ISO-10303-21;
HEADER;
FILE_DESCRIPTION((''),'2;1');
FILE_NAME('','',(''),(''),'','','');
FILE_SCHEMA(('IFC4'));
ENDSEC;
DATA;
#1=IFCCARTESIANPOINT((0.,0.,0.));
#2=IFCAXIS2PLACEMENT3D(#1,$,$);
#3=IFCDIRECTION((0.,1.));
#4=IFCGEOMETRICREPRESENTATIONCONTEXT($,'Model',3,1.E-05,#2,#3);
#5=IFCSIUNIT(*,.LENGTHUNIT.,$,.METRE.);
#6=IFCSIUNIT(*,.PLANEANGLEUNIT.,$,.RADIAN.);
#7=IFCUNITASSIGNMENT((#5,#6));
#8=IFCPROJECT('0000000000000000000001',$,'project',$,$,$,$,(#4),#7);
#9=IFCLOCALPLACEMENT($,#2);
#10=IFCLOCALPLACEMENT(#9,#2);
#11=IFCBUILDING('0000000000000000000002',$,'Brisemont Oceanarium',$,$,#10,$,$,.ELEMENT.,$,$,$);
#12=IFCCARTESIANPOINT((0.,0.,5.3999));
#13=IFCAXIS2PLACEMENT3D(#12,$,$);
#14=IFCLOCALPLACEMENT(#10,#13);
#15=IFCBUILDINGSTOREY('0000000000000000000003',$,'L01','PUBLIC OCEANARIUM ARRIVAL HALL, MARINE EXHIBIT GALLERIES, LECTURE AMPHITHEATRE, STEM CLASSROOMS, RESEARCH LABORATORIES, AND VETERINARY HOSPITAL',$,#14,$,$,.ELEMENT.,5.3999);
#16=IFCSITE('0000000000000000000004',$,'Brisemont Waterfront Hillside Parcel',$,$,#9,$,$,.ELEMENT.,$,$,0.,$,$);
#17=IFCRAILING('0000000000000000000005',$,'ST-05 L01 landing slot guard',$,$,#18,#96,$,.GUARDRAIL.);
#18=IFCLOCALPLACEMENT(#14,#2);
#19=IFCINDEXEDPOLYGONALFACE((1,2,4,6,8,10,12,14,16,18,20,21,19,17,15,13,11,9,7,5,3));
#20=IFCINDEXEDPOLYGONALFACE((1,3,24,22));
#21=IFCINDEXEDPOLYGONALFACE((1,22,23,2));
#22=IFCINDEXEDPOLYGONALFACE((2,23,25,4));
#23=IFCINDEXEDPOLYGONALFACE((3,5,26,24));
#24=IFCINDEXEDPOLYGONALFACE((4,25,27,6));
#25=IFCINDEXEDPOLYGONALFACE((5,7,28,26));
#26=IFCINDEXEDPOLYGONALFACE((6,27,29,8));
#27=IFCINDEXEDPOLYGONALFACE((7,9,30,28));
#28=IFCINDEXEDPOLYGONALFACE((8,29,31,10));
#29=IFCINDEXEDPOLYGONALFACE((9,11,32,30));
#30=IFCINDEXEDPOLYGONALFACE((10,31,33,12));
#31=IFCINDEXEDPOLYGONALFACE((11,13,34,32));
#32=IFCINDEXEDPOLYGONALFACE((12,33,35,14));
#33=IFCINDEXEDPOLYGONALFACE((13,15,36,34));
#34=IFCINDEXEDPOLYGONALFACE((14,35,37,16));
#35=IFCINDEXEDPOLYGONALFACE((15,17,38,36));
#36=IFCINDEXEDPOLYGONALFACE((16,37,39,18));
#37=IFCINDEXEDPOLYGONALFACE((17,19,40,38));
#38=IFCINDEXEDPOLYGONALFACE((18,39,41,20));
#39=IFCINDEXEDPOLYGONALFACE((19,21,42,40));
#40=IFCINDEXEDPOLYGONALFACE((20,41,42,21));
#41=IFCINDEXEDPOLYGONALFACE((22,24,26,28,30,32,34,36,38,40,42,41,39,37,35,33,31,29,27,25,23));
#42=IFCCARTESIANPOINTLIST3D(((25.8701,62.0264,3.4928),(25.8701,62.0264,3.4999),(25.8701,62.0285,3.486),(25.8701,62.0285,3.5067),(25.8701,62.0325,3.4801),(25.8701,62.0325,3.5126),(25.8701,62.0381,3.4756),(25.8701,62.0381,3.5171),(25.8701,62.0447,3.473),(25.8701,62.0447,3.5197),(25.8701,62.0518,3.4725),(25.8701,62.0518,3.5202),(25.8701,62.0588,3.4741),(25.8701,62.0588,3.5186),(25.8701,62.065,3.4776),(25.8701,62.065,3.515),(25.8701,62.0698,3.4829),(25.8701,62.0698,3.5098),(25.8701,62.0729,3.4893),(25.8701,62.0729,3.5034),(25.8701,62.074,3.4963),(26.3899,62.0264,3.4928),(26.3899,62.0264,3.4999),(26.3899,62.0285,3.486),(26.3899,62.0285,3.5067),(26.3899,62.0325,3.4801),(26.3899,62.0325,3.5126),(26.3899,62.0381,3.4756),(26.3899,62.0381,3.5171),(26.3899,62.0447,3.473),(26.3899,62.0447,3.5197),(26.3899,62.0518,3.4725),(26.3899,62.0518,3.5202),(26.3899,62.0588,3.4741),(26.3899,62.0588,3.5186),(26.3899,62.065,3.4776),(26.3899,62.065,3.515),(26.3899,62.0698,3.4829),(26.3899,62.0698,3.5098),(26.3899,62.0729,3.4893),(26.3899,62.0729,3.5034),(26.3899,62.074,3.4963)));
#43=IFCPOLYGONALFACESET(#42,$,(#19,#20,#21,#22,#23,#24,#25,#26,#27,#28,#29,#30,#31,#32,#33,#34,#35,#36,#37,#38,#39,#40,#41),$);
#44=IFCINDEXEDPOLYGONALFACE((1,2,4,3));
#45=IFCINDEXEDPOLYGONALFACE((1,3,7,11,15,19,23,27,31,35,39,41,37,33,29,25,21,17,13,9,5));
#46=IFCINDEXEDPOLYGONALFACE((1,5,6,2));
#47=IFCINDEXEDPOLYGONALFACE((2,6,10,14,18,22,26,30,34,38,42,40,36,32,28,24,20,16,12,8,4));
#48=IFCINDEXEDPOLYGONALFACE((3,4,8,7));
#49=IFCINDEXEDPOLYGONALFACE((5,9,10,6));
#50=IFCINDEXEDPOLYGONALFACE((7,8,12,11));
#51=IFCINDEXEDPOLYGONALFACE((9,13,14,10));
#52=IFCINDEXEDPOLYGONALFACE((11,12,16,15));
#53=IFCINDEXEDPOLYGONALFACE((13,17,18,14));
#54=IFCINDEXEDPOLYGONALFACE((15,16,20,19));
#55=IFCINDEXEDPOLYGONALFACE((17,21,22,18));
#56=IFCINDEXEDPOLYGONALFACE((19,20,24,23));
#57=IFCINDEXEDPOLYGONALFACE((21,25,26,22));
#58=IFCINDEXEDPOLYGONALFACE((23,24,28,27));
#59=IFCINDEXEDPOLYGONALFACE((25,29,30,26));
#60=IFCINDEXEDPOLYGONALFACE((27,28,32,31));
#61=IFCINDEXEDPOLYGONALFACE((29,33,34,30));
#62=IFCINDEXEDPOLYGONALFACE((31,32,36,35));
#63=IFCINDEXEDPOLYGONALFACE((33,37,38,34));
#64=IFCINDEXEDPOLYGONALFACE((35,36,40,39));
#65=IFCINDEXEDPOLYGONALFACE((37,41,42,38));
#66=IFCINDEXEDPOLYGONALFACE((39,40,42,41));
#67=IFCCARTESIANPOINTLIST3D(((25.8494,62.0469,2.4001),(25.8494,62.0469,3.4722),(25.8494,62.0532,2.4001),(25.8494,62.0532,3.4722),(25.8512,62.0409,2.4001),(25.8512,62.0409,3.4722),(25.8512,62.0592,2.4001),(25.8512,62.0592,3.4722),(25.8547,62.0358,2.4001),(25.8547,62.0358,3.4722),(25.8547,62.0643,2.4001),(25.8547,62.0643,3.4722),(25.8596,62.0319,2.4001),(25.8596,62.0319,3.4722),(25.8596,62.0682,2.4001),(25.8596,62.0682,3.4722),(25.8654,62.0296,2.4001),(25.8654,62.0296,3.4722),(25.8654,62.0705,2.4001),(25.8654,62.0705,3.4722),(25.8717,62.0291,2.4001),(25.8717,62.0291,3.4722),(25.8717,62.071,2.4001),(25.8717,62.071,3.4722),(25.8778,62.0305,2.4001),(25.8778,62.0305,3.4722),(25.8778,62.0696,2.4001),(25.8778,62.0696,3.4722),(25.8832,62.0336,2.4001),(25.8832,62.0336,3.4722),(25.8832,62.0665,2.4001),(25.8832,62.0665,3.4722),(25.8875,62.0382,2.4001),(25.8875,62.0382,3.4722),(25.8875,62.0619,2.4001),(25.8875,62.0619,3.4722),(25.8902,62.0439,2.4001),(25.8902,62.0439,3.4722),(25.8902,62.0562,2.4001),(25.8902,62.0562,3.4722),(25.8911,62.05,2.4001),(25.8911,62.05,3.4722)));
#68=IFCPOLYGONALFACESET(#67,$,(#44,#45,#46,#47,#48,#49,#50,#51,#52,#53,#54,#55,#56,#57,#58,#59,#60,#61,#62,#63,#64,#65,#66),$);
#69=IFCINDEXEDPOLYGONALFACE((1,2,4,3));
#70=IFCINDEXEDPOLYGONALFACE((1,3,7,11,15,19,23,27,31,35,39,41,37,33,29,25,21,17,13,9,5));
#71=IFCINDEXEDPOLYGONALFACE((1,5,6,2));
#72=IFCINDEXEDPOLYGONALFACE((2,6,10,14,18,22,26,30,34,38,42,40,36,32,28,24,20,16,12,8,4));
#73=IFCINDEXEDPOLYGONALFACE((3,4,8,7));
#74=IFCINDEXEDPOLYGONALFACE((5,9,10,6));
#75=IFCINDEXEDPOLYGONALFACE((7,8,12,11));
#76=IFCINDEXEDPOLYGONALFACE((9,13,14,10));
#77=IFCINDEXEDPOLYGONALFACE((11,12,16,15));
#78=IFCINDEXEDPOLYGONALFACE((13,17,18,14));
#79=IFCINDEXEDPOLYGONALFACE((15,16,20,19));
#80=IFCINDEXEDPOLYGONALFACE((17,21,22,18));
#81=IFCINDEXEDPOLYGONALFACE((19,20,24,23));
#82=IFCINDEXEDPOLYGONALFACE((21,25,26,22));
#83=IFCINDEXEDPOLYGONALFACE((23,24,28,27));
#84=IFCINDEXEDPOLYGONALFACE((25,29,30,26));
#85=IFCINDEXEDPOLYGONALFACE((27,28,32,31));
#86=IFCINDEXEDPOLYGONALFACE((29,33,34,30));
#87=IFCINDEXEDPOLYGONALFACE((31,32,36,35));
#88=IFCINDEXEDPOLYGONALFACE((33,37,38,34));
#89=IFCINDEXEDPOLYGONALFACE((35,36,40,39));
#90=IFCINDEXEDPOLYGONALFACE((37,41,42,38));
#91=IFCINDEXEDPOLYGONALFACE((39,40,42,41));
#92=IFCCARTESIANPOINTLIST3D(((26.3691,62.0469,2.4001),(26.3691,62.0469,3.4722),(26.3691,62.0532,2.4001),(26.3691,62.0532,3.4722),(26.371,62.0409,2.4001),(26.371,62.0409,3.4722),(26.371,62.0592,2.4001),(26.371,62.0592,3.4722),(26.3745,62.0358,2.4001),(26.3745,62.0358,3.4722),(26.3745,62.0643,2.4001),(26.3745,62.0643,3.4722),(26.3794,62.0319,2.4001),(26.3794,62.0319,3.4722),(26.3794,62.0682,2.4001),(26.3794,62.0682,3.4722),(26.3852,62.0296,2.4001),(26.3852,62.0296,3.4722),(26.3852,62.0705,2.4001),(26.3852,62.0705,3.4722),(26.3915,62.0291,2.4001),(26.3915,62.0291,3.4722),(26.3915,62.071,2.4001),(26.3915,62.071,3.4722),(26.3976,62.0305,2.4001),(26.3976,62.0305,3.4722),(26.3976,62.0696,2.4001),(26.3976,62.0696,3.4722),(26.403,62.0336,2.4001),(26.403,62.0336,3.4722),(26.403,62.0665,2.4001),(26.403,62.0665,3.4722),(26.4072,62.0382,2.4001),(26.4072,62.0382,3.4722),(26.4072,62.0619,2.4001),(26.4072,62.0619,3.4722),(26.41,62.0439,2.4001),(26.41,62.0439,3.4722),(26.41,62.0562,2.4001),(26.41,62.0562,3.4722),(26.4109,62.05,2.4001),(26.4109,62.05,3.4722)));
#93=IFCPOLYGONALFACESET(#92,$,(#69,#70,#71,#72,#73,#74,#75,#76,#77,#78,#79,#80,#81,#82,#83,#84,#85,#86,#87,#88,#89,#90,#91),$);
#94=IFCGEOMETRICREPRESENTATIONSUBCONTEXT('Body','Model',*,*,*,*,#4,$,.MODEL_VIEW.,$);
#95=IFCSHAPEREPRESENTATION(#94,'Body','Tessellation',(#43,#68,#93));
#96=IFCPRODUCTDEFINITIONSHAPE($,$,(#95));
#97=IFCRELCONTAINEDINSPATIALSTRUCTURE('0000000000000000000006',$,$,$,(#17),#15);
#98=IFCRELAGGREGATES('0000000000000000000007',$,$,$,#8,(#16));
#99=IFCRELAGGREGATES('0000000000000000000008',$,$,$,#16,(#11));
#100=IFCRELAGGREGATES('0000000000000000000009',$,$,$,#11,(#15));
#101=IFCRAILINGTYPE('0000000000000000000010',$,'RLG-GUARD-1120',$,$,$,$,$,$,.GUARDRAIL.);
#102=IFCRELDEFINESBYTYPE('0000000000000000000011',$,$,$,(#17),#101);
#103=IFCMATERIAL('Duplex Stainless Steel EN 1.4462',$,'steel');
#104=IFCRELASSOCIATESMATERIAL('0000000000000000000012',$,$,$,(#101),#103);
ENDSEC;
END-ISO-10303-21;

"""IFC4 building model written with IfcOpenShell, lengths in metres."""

from ifc_helpers import new_model, si_unit, direction, frame, origin, origin_2d, place, context, subcontext, project, spatial, circle, extrude, material, type_object, element, save


model = new_model("IFC4")

# Units and contexts
model_context = context("Model", 3, precision=1e-05, world=origin(), true_north=direction((0.0, 1.0)))
body_context = subcontext(model_context, "Body", "Model", "MODEL_VIEW")
ifc_project = project(units=[si_unit("LENGTHUNIT", "METRE"), si_unit("PLANEANGLEUNIT", "RADIAN")], contexts=[model_context])

# Site, building, storey
site_placement = place(None, origin())
site = spatial("IfcSite", under=ifc_project, at=site_placement, Name="Brisemont Waterfront Hillside Parcel", CompositionType="ELEMENT", RefElevation=0.0)
building_placement = place(site_placement, origin())
building = spatial("IfcBuilding", under=site, at=building_placement, Name="Brisemont Oceanarium", CompositionType="ELEMENT")
storey_placement = place(building_placement, frame((0.0, 0.0, 5.3999)))
storey = spatial("IfcBuildingStorey", under=building, at=storey_placement, Name="L01", Description="PUBLIC OCEANARIUM ARRIVAL HALL, MARINE EXHIBIT GALLERIES, LECTURE AMPHITHEATRE, STEM CLASSROOMS, RESEARCH LABORATORIES, AND VETERINARY HOSPITAL", CompositionType="ELEMENT", Elevation=5.3999)

# Railing
ifc_material_1 = material(Name="Duplex Stainless Steel EN 1.4462", Category="steel")
railing_type_1 = type_object("IfcRailingType", Name="RLG-GUARD-1120", PredefinedType="GUARDRAIL", material=ifc_material_1)
railing_1_placement = place(storey_placement, frame((25.8701, 62.05, 2.4001)))
element("IfcRailing", 1, at=railing_1_placement, inside=storey, type_object=railing_type_1, Name="ST-05 L01 landing slot guard", PredefinedType="GUARDRAIL", context=body_context, shape_type="SweptSolid", body=[
    extrude(circle(Radius=0.0239, at=origin_2d()), frame((0.0, 0.0, 1.0962), z_axis=(1.0, 0.0, 0.0), x_axis=(0.0, 1.0, 0.0)), (0.0, 0.0, 1.0), 0.5198),
    extrude(circle(Radius=0.021, at=origin_2d()), origin(), (0.0, 0.0, 1.0), 1.072),
    extrude(circle(Radius=0.021, at=origin_2d()), frame((0.5198, 0.0, 0.0)), (0.0, 0.0, 1.0), 1.072),
])

save(model, "model.ifc")
